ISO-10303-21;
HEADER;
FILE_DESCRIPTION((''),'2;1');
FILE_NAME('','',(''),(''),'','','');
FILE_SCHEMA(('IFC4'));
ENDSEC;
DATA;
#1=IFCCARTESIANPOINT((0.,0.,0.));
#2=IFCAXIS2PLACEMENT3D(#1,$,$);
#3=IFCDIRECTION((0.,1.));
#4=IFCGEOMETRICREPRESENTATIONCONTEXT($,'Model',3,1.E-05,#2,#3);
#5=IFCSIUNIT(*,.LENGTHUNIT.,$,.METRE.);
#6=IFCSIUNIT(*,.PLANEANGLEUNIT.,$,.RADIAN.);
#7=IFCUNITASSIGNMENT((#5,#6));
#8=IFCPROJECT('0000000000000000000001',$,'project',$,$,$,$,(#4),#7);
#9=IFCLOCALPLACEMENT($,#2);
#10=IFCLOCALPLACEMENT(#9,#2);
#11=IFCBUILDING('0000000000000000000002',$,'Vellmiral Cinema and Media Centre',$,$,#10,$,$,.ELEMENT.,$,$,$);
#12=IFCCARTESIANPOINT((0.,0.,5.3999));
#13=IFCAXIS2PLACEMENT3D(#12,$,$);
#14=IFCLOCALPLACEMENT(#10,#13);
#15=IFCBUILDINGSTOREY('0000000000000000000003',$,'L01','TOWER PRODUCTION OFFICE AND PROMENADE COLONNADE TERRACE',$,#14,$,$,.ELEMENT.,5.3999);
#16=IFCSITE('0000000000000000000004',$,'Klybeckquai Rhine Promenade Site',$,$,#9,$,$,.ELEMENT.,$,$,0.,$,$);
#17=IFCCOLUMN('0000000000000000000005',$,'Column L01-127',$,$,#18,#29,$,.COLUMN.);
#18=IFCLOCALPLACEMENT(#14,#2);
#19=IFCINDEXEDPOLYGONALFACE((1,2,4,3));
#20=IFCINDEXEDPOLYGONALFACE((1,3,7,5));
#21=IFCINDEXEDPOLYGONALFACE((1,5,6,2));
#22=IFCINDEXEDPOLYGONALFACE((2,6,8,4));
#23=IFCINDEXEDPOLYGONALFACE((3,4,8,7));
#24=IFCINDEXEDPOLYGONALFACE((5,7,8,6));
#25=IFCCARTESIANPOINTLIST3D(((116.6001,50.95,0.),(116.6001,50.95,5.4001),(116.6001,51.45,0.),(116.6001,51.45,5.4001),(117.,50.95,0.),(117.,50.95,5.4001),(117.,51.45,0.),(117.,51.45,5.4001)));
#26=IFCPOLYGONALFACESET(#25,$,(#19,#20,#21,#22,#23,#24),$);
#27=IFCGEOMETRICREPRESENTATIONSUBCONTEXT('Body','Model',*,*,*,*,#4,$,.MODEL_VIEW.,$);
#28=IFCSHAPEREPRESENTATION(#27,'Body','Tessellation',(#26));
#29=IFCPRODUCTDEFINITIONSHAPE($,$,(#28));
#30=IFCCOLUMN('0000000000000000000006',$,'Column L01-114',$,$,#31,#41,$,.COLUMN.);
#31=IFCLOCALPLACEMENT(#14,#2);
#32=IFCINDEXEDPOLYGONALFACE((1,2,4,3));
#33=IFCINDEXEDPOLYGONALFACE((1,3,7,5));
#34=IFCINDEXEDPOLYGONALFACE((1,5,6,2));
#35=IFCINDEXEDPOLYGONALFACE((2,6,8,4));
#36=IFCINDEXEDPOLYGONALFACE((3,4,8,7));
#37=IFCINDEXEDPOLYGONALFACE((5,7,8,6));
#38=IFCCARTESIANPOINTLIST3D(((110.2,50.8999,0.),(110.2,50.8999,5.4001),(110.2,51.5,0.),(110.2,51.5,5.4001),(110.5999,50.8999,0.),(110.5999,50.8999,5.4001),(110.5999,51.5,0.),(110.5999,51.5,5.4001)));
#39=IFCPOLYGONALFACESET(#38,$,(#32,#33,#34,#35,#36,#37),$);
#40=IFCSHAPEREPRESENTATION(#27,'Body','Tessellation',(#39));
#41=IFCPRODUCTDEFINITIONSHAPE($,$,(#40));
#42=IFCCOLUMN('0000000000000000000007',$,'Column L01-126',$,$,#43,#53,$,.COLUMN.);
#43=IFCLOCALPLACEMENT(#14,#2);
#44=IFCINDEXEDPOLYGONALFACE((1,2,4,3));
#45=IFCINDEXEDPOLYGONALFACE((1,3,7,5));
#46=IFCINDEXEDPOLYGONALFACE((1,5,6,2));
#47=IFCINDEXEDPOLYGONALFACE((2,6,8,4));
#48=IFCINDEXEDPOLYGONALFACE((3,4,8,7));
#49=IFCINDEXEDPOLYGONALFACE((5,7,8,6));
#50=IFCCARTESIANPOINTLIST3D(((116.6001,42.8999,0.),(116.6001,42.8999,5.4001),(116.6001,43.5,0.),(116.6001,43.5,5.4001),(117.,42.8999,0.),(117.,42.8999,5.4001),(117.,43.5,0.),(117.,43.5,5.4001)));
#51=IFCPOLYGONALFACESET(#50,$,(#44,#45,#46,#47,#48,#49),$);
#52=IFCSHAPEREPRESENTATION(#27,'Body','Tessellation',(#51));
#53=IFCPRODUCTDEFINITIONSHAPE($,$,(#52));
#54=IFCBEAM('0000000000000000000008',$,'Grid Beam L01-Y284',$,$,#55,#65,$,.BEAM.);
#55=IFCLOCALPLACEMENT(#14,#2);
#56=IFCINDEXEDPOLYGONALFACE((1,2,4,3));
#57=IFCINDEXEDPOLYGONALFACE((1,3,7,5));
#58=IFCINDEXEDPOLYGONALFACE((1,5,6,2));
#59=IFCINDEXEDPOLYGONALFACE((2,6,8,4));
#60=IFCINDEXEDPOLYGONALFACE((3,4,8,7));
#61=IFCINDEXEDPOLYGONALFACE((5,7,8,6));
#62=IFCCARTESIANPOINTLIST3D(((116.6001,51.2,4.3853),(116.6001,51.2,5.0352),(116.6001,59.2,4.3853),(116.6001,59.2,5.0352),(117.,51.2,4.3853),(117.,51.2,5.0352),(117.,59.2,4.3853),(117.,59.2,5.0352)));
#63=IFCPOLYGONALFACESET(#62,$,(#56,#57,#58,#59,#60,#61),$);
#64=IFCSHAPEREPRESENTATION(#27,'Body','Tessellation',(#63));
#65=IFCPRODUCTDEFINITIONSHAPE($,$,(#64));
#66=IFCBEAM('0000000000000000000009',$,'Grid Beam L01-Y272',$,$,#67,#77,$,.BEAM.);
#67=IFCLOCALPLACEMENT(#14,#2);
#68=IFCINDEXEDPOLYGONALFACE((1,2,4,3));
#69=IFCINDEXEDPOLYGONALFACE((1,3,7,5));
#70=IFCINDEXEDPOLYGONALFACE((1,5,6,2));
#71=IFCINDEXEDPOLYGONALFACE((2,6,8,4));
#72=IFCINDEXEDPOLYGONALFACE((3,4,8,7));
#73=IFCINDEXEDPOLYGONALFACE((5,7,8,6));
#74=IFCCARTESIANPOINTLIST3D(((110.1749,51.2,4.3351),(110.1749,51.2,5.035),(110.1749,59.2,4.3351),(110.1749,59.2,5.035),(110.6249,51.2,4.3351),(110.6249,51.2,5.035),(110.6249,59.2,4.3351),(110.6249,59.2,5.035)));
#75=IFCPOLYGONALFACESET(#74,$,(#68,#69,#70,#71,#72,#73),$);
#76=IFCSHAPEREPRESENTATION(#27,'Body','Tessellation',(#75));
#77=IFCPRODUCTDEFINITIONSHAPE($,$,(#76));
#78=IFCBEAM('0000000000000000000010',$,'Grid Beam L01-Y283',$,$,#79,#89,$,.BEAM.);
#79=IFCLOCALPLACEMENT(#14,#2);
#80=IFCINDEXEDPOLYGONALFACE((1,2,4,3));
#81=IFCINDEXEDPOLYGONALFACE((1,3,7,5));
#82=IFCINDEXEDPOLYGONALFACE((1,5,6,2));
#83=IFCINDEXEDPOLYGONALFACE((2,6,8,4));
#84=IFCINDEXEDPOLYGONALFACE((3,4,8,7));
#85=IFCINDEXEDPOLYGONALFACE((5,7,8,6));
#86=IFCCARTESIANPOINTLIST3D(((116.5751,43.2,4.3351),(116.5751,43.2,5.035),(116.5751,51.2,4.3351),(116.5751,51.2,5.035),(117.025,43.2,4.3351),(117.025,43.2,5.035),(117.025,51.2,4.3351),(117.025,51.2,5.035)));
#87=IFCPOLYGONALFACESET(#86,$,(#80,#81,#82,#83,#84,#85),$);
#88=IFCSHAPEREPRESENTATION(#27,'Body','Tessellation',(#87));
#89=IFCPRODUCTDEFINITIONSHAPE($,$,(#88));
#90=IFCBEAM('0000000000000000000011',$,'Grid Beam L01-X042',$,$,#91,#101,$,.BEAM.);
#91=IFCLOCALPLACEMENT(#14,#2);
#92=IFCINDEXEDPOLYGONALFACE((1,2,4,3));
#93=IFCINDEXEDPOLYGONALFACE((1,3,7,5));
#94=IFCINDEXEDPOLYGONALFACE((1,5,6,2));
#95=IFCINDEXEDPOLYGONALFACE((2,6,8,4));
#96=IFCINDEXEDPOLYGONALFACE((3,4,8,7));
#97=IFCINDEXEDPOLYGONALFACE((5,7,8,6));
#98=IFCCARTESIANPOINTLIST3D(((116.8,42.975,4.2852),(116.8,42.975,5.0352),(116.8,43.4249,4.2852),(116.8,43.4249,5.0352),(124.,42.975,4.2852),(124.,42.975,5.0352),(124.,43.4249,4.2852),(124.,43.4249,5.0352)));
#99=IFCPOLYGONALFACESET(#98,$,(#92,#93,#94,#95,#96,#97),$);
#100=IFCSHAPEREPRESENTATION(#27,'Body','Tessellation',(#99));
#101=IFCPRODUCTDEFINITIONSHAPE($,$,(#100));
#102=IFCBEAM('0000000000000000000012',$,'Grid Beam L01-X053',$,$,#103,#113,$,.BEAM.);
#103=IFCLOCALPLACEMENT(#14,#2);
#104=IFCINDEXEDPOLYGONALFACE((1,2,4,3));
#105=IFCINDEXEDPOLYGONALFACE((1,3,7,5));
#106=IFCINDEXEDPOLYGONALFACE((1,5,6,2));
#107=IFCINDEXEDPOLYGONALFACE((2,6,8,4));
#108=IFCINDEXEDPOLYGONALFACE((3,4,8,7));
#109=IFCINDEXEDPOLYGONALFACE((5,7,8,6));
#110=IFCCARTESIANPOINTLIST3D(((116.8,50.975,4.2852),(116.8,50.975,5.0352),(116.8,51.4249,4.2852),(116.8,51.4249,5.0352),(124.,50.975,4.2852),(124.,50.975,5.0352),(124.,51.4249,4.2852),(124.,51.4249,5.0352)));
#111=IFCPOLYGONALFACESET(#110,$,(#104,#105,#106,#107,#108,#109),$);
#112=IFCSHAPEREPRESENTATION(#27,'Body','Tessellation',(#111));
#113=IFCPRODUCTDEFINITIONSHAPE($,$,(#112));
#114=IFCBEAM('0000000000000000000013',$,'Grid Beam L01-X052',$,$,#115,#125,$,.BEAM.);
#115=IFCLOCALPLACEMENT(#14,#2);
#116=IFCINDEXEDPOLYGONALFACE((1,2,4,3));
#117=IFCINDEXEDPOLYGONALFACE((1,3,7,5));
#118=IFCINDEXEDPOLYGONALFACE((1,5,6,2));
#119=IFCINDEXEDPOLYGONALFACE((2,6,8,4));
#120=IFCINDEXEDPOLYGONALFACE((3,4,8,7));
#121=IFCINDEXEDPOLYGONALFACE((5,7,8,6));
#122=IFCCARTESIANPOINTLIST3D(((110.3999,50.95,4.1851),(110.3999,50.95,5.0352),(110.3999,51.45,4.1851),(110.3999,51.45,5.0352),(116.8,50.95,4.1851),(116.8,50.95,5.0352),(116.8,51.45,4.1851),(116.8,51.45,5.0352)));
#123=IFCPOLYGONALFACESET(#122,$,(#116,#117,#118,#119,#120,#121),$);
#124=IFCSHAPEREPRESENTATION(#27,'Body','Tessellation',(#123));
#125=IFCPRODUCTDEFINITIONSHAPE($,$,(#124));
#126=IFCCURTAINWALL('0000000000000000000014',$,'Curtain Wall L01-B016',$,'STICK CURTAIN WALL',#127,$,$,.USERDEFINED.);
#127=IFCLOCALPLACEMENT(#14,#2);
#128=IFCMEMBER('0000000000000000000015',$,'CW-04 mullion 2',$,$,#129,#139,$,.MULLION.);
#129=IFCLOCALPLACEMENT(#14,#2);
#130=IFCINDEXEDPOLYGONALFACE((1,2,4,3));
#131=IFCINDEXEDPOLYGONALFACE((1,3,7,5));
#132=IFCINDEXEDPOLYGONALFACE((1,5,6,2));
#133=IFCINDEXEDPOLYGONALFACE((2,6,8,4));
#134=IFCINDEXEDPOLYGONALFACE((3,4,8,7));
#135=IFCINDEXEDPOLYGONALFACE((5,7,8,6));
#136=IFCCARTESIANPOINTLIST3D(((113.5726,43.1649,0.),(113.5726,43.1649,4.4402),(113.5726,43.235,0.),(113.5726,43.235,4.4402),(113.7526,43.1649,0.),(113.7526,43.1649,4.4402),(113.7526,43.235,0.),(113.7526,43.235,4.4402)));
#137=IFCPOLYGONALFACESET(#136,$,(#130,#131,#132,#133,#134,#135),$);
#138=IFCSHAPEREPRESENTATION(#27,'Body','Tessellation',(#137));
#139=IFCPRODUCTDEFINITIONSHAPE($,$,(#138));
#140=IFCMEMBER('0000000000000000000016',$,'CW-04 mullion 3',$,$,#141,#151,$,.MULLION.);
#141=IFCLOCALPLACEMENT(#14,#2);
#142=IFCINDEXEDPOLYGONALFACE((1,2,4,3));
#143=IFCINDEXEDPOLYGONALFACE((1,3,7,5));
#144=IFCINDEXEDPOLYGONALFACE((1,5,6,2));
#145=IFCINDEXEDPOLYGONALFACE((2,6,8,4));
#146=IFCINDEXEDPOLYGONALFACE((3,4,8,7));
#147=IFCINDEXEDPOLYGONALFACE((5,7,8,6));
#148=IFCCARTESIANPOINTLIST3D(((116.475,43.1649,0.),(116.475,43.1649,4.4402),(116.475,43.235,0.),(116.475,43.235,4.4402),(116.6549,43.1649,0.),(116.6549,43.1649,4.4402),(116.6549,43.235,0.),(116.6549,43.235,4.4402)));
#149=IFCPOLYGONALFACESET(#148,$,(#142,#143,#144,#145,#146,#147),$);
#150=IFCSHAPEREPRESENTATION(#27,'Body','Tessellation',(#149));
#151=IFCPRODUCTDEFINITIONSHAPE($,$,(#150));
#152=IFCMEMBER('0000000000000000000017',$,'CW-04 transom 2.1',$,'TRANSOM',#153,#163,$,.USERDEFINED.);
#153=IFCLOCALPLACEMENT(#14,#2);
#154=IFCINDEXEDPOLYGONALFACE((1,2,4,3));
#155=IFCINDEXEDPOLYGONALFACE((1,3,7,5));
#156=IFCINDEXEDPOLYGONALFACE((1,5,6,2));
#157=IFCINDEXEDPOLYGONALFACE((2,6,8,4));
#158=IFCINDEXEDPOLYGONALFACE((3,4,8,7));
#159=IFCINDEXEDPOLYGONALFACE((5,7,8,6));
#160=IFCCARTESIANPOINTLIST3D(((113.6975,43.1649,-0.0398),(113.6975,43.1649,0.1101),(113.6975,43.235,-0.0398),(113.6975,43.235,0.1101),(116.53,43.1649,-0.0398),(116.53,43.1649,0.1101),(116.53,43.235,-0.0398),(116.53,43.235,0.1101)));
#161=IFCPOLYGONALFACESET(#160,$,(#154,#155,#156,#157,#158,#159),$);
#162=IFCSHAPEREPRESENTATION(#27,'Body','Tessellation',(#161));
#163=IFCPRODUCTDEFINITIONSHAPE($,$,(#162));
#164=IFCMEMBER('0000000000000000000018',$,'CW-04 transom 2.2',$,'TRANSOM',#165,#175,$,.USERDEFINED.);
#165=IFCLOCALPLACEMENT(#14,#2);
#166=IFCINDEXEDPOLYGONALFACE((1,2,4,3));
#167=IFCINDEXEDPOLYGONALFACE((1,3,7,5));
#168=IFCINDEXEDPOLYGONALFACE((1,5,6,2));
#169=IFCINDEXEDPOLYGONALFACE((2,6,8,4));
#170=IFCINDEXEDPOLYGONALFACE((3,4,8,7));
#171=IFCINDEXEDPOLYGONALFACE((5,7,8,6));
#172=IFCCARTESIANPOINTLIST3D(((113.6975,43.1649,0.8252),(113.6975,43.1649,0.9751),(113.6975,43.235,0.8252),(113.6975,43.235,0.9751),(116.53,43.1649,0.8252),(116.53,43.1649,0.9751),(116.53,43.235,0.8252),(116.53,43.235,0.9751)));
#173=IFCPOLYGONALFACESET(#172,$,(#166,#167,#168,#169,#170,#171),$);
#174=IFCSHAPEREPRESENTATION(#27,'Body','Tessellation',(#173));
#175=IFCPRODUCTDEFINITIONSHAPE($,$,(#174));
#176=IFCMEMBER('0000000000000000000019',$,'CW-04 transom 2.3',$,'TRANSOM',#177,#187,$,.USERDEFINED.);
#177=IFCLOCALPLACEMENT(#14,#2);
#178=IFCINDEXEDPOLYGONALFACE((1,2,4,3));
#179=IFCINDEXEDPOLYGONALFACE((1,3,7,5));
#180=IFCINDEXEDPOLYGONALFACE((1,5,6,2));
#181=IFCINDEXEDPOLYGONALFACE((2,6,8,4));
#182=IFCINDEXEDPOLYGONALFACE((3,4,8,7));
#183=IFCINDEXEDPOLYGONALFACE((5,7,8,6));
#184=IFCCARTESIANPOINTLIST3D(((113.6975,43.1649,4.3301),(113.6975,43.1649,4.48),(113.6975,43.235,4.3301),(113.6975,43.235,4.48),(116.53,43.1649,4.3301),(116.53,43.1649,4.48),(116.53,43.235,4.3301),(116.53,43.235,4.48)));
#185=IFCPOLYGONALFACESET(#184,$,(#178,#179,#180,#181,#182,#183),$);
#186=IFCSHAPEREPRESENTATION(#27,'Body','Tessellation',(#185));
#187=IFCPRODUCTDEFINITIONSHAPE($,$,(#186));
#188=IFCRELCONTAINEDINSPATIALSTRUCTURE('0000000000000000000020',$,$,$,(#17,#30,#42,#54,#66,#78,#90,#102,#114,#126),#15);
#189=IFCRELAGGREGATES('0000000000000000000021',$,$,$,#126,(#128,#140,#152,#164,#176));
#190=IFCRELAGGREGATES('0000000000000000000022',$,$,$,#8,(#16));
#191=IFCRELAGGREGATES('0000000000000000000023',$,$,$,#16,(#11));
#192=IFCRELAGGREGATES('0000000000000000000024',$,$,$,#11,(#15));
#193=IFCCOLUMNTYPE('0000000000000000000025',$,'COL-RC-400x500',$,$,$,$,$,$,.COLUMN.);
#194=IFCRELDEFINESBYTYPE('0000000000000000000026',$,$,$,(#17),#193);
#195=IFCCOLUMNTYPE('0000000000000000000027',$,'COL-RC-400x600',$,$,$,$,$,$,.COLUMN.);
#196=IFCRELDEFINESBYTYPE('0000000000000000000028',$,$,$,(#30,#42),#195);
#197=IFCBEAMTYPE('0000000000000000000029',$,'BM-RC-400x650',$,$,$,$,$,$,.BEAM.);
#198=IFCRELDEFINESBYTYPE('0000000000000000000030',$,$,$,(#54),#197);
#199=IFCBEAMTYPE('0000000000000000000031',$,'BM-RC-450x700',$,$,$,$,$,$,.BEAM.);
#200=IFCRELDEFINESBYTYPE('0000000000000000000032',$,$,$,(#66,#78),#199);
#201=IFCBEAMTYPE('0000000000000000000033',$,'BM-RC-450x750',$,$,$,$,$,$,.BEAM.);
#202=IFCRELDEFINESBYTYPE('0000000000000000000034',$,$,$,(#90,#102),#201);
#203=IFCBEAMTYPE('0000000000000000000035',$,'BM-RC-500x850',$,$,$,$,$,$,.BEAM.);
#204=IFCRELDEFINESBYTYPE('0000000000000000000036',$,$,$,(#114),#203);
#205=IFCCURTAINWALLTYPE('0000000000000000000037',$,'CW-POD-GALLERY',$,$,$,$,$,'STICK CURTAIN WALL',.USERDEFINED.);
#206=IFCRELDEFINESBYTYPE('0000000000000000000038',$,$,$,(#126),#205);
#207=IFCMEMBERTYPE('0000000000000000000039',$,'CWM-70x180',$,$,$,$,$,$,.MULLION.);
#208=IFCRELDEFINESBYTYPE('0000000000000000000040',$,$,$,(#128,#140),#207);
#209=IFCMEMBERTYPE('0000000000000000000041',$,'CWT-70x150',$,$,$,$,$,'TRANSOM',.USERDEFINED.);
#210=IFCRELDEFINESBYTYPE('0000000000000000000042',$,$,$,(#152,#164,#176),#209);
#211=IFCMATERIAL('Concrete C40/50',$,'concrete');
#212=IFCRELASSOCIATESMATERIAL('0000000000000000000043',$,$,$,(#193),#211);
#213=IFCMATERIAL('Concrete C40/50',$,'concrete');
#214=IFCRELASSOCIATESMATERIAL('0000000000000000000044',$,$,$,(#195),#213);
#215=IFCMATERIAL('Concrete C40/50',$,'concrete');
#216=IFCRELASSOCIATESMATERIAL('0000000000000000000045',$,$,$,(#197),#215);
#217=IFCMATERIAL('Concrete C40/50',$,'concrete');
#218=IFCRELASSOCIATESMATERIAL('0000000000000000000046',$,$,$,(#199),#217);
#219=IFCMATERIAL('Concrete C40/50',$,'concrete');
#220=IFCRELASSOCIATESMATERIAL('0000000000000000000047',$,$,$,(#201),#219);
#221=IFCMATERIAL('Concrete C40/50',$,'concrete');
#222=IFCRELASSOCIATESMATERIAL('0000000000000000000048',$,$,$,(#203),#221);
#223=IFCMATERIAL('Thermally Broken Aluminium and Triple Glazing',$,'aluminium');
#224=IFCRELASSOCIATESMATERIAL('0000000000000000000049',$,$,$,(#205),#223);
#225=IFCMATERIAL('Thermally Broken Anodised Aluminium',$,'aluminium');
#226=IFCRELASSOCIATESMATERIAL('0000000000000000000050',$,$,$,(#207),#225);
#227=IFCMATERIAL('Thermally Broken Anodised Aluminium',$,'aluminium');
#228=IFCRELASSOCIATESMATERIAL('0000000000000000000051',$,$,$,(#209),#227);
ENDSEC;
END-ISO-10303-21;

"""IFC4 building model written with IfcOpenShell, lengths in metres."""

from ifc_helpers import new_model, si_unit, direction, frame, origin, origin_2d, place, context, subcontext, project, spatial, rectangle, extrude, material, material_profile, profile_set, type_object, element, aggregate, save


model = new_model("IFC4")

# Units and contexts
model_context = context("Model", 3, precision=1e-05, world=origin(), true_north=direction((0.0, 1.0)))
body_context = subcontext(model_context, "Body", "Model", "MODEL_VIEW")
ifc_project = project(units=[si_unit("LENGTHUNIT", "METRE"), si_unit("PLANEANGLEUNIT", "RADIAN")], contexts=[model_context])

# Site, building, storey
site_placement = place(None, origin())
site = spatial("IfcSite", under=ifc_project, at=site_placement, Name="Klybeckquai Rhine Promenade Site", CompositionType="ELEMENT", RefElevation=0.0)
building_placement = place(site_placement, origin())
building = spatial("IfcBuilding", under=site, at=building_placement, Name="Vellmiral Cinema and Media Centre", CompositionType="ELEMENT")
storey_placement = place(building_placement, frame((0.0, 0.0, 5.3999)))
storey = spatial("IfcBuildingStorey", under=building, at=storey_placement, Name="L01", Description="TOWER PRODUCTION OFFICE AND PROMENADE COLONNADE TERRACE", CompositionType="ELEMENT", Elevation=5.3999)

# Columns
ifc_material_1 = material(Name="Concrete C40/50", Category="concrete")
ifc_material_profile_1 = material_profile(ifc_material_1, rectangle(XDim=0.3999, YDim=0.5, at=origin_2d()), Name="RC 400x500")
ifc_profile_set_1 = profile_set([ifc_material_profile_1], Name="Concrete C40/50")
column_type_1 = type_object("IfcColumnType", Name="COL-RC-400x500", PredefinedType="COLUMN", material=ifc_profile_set_1)
column_placement = place(storey_placement, frame((116.8, 51.2, 0.0), z_axis=(0.0, 0.0, 1.0), x_axis=(1.0, 0.0, 0.0)))
element("IfcColumn", 1, at=column_placement, inside=storey, type_object=column_type_1, Name="Column L01-127", PredefinedType="COLUMN", context=body_context, shape_type="SweptSolid", body=[
    extrude(rectangle(XDim=0.3999, YDim=0.5, at=origin_2d()), origin(), (0.0, 0.0, 1.0), 5.4001),
])
ifc_material_2 = material(Name="Concrete C40/50", Category="concrete")
ifc_material_profile_2 = material_profile(ifc_material_2, rectangle(XDim=0.3999, YDim=0.6001, at=origin_2d()), Name="RC 400x600")
ifc_profile_set_2 = profile_set([ifc_material_profile_2], Name="Concrete C40/50")
column_type_2 = type_object("IfcColumnType", Name="COL-RC-400x600", PredefinedType="COLUMN", material=ifc_profile_set_2)
for number, where, z_axis, x_axis, name in (
    (2, (110.3999, 51.2, 0.0), (0.0, 0.0, 1.0), (1.0, 0.0, 0.0), "Column L01-114"),
    (3, (116.8, 43.2, 0.0), (0.0, 0.0, 1.0), (1.0, 0.0, 0.0), "Column L01-126"),
):
    element("IfcColumn", number, at=place(storey_placement, frame(where, z_axis=z_axis, x_axis=x_axis)), inside=storey, type_object=column_type_2, Name=name, PredefinedType="COLUMN", context=body_context, shape_type="SweptSolid", body=[
        extrude(rectangle(XDim=0.3999, YDim=0.6001, at=origin_2d()), origin(), (0.0, 0.0, 1.0), 5.4001),
    ])

# Beams
ifc_material_3 = material(Name="Concrete C40/50", Category="concrete")
ifc_material_profile_3 = material_profile(ifc_material_3, rectangle(XDim=0.3999, YDim=0.6499, at=origin_2d()), Name="RC 400x650")
ifc_profile_set_3 = profile_set([ifc_material_profile_3], Name="Concrete C40/50")
beam_type_1 = type_object("IfcBeamType", Name="BM-RC-400x650", PredefinedType="BEAM", material=ifc_profile_set_3)
beam_1_placement = place(storey_placement, frame((116.8, 51.2, 4.7102), z_axis=(0.0, 1.0, 0.0), x_axis=(-1.0, 0.0, 0.0)))
element("IfcBeam", 4, at=beam_1_placement, inside=storey, type_object=beam_type_1, Name="Grid Beam L01-Y284", PredefinedType="BEAM", context=body_context, shape_type="SweptSolid", body=[
    extrude(rectangle(XDim=0.3999, YDim=0.6499, at=origin_2d()), origin(), (0.0, 0.0, 1.0), 8.0),
])
ifc_material_4 = material(Name="Concrete C40/50", Category="concrete")
ifc_material_profile_4 = material_profile(ifc_material_4, rectangle(XDim=0.45, YDim=0.7, at=origin_2d()), Name="RC 450x700")
ifc_profile_set_4 = profile_set([ifc_material_profile_4], Name="Concrete C40/50")
beam_type_2 = type_object("IfcBeamType", Name="BM-RC-450x700", PredefinedType="BEAM", material=ifc_profile_set_4)
for number, where, z_axis, x_axis, name in (
    (5, (110.3999, 51.2, 4.6851), (0.0, 1.0, 0.0), (-1.0, 0.0, 0.0), "Grid Beam L01-Y272"),
    (6, (116.8, 43.2, 4.6851), (0.0, 1.0, 0.0), (-1.0, 0.0, 0.0), "Grid Beam L01-Y283"),
):
    element("IfcBeam", number, at=place(storey_placement, frame(where, z_axis=z_axis, x_axis=x_axis)), inside=storey, type_object=beam_type_2, Name=name, PredefinedType="BEAM", context=body_context, shape_type="SweptSolid", body=[
        extrude(rectangle(XDim=0.45, YDim=0.7, at=origin_2d()), origin(), (0.0, 0.0, 1.0), 8.0),
    ])
ifc_material_5 = material(Name="Concrete C40/50", Category="concrete")
ifc_material_profile_5 = material_profile(ifc_material_5, rectangle(XDim=0.45, YDim=0.75, at=origin_2d()), Name="RC 450x750")
ifc_profile_set_5 = profile_set([ifc_material_profile_5], Name="Concrete C40/50")
beam_type_3 = type_object("IfcBeamType", Name="BM-RC-450x750", PredefinedType="BEAM", material=ifc_profile_set_5)
for number, where, z_axis, x_axis, name in (
    (7, (116.8, 43.2, 4.6602), (1.0, 0.0, 0.0), (0.0, 1.0, 0.0), "Grid Beam L01-X042"),
    (8, (116.8, 51.2, 4.6602), (1.0, 0.0, 0.0), (0.0, 1.0, 0.0), "Grid Beam L01-X053"),
):
    element("IfcBeam", number, at=place(storey_placement, frame(where, z_axis=z_axis, x_axis=x_axis)), inside=storey, type_object=beam_type_3, Name=name, PredefinedType="BEAM", context=body_context, shape_type="SweptSolid", body=[
        extrude(rectangle(XDim=0.45, YDim=0.75, at=origin_2d()), origin(), (0.0, 0.0, 1.0), 7.2),
    ])
ifc_material_6 = material(Name="Concrete C40/50", Category="concrete")
ifc_material_profile_6 = material_profile(ifc_material_6, rectangle(XDim=0.5, YDim=0.8501, at=origin_2d()), Name="RC 500x850")
ifc_profile_set_6 = profile_set([ifc_material_profile_6], Name="Concrete C40/50")
beam_type_4 = type_object("IfcBeamType", Name="BM-RC-500x850", PredefinedType="BEAM", material=ifc_profile_set_6)
beam_2_placement = place(storey_placement, frame((110.3999, 51.2, 4.6101), z_axis=(1.0, 0.0, 0.0), x_axis=(0.0, 1.0, 0.0)))
element("IfcBeam", 9, at=beam_2_placement, inside=storey, type_object=beam_type_4, Name="Grid Beam L01-X052", PredefinedType="BEAM", context=body_context, shape_type="SweptSolid", body=[
    extrude(rectangle(XDim=0.5, YDim=0.8501, at=origin_2d()), origin(), (0.0, 0.0, 1.0), 6.4001),
])

# Curtain wall, members
ifc_material_7 = material(Name="Thermally Broken Aluminium and Triple Glazing", Category="aluminium")
curtain_wall_type = type_object("IfcCurtainWallType", Name="CW-POD-GALLERY", ElementType="STICK CURTAIN WALL", PredefinedType="USERDEFINED", material=ifc_material_7)
curtain_wall_placement = place(storey_placement, origin())
curtain_wall = element("IfcCurtainWall", 10, at=curtain_wall_placement, inside=storey, type_object=curtain_wall_type, Name="Curtain Wall L01-B016", ObjectType="STICK CURTAIN WALL", PredefinedType="USERDEFINED")
ifc_material_8 = material(Name="Thermally Broken Anodised Aluminium", Category="aluminium")
ifc_material_profile_7 = material_profile(ifc_material_8, rectangle(XDim=0.0701, YDim=0.1799, at=origin_2d()), Name="MULL 70x180")
ifc_profile_set_7 = profile_set([ifc_material_profile_7], Name="Thermally Broken Anodised Aluminium")
member_type_1 = type_object("IfcMemberType", Name="CWM-70x180", PredefinedType="MULLION", material=ifc_profile_set_7)
member_1_placement = place(storey_placement, frame((113.6626, 43.2, 0.0), z_axis=(0.0, 0.0, 1.0), x_axis=(0.0, 1.0, 0.0)))
member_1 = element("IfcMember", 11, at=member_1_placement, type_object=member_type_1, Name="CW-04 mullion 2", PredefinedType="MULLION", context=body_context, shape_type="SweptSolid", body=[
    extrude(rectangle(XDim=0.0701, YDim=0.1799, at=origin_2d()), origin(), (0.0, 0.0, 1.0), 4.4402),
])
member_2_placement = place(storey_placement, frame((116.5649, 43.2, 0.0), z_axis=(0.0, 0.0, 1.0), x_axis=(0.0, 1.0, 0.0)))
member_2 = element("IfcMember", 12, at=member_2_placement, type_object=member_type_1, Name="CW-04 mullion 3", PredefinedType="MULLION", context=body_context, shape_type="SweptSolid", body=[
    extrude(rectangle(XDim=0.0701, YDim=0.1799, at=origin_2d()), origin(), (0.0, 0.0, 1.0), 4.4402),
])
ifc_material_9 = material(Name="Thermally Broken Anodised Aluminium", Category="aluminium")
ifc_material_profile_8 = material_profile(ifc_material_9, rectangle(XDim=0.0701, YDim=0.1499, at=origin_2d()), Name="MULL 70x150")
ifc_profile_set_8 = profile_set([ifc_material_profile_8], Name="Thermally Broken Anodised Aluminium")
member_type_2 = type_object("IfcMemberType", Name="CWT-70x150", ElementType="TRANSOM", PredefinedType="USERDEFINED", material=ifc_profile_set_8)
member_3_placement = place(storey_placement, frame((113.6975, 43.2, 0.0352), z_axis=(1.0, 0.0, 0.0), x_axis=(0.0, 1.0, 0.0)))
member_3 = element("IfcMember", 13, at=member_3_placement, type_object=member_type_2, Name="CW-04 transom 2.1", ObjectType="TRANSOM", PredefinedType="USERDEFINED", context=body_context, shape_type="SweptSolid", body=[
    extrude(rectangle(XDim=0.0701, YDim=0.1499, at=origin_2d()), origin(), (0.0, 0.0, 1.0), 2.8325),
])
member_4_placement = place(storey_placement, frame((113.6975, 43.2, 0.9001), z_axis=(1.0, 0.0, 0.0), x_axis=(0.0, 1.0, 0.0)))
member_4 = element("IfcMember", 14, at=member_4_placement, type_object=member_type_2, Name="CW-04 transom 2.2", ObjectType="TRANSOM", PredefinedType="USERDEFINED", context=body_context, shape_type="SweptSolid", body=[
    extrude(rectangle(XDim=0.0701, YDim=0.1499, at=origin_2d()), origin(), (0.0, 0.0, 1.0), 2.8325),
])
member_5_placement = place(storey_placement, frame((113.6975, 43.2, 4.405), z_axis=(1.0, 0.0, 0.0), x_axis=(0.0, 1.0, 0.0)))
member_5 = element("IfcMember", 15, at=member_5_placement, type_object=member_type_2, Name="CW-04 transom 2.3", ObjectType="TRANSOM", PredefinedType="USERDEFINED", context=body_context, shape_type="SweptSolid", body=[
    extrude(rectangle(XDim=0.0701, YDim=0.1499, at=origin_2d()), origin(), (0.0, 0.0, 1.0), 2.8325),
])
aggregate(curtain_wall, [member_1, member_2, member_3, member_4, member_5])

save(model, "model.ifc")
